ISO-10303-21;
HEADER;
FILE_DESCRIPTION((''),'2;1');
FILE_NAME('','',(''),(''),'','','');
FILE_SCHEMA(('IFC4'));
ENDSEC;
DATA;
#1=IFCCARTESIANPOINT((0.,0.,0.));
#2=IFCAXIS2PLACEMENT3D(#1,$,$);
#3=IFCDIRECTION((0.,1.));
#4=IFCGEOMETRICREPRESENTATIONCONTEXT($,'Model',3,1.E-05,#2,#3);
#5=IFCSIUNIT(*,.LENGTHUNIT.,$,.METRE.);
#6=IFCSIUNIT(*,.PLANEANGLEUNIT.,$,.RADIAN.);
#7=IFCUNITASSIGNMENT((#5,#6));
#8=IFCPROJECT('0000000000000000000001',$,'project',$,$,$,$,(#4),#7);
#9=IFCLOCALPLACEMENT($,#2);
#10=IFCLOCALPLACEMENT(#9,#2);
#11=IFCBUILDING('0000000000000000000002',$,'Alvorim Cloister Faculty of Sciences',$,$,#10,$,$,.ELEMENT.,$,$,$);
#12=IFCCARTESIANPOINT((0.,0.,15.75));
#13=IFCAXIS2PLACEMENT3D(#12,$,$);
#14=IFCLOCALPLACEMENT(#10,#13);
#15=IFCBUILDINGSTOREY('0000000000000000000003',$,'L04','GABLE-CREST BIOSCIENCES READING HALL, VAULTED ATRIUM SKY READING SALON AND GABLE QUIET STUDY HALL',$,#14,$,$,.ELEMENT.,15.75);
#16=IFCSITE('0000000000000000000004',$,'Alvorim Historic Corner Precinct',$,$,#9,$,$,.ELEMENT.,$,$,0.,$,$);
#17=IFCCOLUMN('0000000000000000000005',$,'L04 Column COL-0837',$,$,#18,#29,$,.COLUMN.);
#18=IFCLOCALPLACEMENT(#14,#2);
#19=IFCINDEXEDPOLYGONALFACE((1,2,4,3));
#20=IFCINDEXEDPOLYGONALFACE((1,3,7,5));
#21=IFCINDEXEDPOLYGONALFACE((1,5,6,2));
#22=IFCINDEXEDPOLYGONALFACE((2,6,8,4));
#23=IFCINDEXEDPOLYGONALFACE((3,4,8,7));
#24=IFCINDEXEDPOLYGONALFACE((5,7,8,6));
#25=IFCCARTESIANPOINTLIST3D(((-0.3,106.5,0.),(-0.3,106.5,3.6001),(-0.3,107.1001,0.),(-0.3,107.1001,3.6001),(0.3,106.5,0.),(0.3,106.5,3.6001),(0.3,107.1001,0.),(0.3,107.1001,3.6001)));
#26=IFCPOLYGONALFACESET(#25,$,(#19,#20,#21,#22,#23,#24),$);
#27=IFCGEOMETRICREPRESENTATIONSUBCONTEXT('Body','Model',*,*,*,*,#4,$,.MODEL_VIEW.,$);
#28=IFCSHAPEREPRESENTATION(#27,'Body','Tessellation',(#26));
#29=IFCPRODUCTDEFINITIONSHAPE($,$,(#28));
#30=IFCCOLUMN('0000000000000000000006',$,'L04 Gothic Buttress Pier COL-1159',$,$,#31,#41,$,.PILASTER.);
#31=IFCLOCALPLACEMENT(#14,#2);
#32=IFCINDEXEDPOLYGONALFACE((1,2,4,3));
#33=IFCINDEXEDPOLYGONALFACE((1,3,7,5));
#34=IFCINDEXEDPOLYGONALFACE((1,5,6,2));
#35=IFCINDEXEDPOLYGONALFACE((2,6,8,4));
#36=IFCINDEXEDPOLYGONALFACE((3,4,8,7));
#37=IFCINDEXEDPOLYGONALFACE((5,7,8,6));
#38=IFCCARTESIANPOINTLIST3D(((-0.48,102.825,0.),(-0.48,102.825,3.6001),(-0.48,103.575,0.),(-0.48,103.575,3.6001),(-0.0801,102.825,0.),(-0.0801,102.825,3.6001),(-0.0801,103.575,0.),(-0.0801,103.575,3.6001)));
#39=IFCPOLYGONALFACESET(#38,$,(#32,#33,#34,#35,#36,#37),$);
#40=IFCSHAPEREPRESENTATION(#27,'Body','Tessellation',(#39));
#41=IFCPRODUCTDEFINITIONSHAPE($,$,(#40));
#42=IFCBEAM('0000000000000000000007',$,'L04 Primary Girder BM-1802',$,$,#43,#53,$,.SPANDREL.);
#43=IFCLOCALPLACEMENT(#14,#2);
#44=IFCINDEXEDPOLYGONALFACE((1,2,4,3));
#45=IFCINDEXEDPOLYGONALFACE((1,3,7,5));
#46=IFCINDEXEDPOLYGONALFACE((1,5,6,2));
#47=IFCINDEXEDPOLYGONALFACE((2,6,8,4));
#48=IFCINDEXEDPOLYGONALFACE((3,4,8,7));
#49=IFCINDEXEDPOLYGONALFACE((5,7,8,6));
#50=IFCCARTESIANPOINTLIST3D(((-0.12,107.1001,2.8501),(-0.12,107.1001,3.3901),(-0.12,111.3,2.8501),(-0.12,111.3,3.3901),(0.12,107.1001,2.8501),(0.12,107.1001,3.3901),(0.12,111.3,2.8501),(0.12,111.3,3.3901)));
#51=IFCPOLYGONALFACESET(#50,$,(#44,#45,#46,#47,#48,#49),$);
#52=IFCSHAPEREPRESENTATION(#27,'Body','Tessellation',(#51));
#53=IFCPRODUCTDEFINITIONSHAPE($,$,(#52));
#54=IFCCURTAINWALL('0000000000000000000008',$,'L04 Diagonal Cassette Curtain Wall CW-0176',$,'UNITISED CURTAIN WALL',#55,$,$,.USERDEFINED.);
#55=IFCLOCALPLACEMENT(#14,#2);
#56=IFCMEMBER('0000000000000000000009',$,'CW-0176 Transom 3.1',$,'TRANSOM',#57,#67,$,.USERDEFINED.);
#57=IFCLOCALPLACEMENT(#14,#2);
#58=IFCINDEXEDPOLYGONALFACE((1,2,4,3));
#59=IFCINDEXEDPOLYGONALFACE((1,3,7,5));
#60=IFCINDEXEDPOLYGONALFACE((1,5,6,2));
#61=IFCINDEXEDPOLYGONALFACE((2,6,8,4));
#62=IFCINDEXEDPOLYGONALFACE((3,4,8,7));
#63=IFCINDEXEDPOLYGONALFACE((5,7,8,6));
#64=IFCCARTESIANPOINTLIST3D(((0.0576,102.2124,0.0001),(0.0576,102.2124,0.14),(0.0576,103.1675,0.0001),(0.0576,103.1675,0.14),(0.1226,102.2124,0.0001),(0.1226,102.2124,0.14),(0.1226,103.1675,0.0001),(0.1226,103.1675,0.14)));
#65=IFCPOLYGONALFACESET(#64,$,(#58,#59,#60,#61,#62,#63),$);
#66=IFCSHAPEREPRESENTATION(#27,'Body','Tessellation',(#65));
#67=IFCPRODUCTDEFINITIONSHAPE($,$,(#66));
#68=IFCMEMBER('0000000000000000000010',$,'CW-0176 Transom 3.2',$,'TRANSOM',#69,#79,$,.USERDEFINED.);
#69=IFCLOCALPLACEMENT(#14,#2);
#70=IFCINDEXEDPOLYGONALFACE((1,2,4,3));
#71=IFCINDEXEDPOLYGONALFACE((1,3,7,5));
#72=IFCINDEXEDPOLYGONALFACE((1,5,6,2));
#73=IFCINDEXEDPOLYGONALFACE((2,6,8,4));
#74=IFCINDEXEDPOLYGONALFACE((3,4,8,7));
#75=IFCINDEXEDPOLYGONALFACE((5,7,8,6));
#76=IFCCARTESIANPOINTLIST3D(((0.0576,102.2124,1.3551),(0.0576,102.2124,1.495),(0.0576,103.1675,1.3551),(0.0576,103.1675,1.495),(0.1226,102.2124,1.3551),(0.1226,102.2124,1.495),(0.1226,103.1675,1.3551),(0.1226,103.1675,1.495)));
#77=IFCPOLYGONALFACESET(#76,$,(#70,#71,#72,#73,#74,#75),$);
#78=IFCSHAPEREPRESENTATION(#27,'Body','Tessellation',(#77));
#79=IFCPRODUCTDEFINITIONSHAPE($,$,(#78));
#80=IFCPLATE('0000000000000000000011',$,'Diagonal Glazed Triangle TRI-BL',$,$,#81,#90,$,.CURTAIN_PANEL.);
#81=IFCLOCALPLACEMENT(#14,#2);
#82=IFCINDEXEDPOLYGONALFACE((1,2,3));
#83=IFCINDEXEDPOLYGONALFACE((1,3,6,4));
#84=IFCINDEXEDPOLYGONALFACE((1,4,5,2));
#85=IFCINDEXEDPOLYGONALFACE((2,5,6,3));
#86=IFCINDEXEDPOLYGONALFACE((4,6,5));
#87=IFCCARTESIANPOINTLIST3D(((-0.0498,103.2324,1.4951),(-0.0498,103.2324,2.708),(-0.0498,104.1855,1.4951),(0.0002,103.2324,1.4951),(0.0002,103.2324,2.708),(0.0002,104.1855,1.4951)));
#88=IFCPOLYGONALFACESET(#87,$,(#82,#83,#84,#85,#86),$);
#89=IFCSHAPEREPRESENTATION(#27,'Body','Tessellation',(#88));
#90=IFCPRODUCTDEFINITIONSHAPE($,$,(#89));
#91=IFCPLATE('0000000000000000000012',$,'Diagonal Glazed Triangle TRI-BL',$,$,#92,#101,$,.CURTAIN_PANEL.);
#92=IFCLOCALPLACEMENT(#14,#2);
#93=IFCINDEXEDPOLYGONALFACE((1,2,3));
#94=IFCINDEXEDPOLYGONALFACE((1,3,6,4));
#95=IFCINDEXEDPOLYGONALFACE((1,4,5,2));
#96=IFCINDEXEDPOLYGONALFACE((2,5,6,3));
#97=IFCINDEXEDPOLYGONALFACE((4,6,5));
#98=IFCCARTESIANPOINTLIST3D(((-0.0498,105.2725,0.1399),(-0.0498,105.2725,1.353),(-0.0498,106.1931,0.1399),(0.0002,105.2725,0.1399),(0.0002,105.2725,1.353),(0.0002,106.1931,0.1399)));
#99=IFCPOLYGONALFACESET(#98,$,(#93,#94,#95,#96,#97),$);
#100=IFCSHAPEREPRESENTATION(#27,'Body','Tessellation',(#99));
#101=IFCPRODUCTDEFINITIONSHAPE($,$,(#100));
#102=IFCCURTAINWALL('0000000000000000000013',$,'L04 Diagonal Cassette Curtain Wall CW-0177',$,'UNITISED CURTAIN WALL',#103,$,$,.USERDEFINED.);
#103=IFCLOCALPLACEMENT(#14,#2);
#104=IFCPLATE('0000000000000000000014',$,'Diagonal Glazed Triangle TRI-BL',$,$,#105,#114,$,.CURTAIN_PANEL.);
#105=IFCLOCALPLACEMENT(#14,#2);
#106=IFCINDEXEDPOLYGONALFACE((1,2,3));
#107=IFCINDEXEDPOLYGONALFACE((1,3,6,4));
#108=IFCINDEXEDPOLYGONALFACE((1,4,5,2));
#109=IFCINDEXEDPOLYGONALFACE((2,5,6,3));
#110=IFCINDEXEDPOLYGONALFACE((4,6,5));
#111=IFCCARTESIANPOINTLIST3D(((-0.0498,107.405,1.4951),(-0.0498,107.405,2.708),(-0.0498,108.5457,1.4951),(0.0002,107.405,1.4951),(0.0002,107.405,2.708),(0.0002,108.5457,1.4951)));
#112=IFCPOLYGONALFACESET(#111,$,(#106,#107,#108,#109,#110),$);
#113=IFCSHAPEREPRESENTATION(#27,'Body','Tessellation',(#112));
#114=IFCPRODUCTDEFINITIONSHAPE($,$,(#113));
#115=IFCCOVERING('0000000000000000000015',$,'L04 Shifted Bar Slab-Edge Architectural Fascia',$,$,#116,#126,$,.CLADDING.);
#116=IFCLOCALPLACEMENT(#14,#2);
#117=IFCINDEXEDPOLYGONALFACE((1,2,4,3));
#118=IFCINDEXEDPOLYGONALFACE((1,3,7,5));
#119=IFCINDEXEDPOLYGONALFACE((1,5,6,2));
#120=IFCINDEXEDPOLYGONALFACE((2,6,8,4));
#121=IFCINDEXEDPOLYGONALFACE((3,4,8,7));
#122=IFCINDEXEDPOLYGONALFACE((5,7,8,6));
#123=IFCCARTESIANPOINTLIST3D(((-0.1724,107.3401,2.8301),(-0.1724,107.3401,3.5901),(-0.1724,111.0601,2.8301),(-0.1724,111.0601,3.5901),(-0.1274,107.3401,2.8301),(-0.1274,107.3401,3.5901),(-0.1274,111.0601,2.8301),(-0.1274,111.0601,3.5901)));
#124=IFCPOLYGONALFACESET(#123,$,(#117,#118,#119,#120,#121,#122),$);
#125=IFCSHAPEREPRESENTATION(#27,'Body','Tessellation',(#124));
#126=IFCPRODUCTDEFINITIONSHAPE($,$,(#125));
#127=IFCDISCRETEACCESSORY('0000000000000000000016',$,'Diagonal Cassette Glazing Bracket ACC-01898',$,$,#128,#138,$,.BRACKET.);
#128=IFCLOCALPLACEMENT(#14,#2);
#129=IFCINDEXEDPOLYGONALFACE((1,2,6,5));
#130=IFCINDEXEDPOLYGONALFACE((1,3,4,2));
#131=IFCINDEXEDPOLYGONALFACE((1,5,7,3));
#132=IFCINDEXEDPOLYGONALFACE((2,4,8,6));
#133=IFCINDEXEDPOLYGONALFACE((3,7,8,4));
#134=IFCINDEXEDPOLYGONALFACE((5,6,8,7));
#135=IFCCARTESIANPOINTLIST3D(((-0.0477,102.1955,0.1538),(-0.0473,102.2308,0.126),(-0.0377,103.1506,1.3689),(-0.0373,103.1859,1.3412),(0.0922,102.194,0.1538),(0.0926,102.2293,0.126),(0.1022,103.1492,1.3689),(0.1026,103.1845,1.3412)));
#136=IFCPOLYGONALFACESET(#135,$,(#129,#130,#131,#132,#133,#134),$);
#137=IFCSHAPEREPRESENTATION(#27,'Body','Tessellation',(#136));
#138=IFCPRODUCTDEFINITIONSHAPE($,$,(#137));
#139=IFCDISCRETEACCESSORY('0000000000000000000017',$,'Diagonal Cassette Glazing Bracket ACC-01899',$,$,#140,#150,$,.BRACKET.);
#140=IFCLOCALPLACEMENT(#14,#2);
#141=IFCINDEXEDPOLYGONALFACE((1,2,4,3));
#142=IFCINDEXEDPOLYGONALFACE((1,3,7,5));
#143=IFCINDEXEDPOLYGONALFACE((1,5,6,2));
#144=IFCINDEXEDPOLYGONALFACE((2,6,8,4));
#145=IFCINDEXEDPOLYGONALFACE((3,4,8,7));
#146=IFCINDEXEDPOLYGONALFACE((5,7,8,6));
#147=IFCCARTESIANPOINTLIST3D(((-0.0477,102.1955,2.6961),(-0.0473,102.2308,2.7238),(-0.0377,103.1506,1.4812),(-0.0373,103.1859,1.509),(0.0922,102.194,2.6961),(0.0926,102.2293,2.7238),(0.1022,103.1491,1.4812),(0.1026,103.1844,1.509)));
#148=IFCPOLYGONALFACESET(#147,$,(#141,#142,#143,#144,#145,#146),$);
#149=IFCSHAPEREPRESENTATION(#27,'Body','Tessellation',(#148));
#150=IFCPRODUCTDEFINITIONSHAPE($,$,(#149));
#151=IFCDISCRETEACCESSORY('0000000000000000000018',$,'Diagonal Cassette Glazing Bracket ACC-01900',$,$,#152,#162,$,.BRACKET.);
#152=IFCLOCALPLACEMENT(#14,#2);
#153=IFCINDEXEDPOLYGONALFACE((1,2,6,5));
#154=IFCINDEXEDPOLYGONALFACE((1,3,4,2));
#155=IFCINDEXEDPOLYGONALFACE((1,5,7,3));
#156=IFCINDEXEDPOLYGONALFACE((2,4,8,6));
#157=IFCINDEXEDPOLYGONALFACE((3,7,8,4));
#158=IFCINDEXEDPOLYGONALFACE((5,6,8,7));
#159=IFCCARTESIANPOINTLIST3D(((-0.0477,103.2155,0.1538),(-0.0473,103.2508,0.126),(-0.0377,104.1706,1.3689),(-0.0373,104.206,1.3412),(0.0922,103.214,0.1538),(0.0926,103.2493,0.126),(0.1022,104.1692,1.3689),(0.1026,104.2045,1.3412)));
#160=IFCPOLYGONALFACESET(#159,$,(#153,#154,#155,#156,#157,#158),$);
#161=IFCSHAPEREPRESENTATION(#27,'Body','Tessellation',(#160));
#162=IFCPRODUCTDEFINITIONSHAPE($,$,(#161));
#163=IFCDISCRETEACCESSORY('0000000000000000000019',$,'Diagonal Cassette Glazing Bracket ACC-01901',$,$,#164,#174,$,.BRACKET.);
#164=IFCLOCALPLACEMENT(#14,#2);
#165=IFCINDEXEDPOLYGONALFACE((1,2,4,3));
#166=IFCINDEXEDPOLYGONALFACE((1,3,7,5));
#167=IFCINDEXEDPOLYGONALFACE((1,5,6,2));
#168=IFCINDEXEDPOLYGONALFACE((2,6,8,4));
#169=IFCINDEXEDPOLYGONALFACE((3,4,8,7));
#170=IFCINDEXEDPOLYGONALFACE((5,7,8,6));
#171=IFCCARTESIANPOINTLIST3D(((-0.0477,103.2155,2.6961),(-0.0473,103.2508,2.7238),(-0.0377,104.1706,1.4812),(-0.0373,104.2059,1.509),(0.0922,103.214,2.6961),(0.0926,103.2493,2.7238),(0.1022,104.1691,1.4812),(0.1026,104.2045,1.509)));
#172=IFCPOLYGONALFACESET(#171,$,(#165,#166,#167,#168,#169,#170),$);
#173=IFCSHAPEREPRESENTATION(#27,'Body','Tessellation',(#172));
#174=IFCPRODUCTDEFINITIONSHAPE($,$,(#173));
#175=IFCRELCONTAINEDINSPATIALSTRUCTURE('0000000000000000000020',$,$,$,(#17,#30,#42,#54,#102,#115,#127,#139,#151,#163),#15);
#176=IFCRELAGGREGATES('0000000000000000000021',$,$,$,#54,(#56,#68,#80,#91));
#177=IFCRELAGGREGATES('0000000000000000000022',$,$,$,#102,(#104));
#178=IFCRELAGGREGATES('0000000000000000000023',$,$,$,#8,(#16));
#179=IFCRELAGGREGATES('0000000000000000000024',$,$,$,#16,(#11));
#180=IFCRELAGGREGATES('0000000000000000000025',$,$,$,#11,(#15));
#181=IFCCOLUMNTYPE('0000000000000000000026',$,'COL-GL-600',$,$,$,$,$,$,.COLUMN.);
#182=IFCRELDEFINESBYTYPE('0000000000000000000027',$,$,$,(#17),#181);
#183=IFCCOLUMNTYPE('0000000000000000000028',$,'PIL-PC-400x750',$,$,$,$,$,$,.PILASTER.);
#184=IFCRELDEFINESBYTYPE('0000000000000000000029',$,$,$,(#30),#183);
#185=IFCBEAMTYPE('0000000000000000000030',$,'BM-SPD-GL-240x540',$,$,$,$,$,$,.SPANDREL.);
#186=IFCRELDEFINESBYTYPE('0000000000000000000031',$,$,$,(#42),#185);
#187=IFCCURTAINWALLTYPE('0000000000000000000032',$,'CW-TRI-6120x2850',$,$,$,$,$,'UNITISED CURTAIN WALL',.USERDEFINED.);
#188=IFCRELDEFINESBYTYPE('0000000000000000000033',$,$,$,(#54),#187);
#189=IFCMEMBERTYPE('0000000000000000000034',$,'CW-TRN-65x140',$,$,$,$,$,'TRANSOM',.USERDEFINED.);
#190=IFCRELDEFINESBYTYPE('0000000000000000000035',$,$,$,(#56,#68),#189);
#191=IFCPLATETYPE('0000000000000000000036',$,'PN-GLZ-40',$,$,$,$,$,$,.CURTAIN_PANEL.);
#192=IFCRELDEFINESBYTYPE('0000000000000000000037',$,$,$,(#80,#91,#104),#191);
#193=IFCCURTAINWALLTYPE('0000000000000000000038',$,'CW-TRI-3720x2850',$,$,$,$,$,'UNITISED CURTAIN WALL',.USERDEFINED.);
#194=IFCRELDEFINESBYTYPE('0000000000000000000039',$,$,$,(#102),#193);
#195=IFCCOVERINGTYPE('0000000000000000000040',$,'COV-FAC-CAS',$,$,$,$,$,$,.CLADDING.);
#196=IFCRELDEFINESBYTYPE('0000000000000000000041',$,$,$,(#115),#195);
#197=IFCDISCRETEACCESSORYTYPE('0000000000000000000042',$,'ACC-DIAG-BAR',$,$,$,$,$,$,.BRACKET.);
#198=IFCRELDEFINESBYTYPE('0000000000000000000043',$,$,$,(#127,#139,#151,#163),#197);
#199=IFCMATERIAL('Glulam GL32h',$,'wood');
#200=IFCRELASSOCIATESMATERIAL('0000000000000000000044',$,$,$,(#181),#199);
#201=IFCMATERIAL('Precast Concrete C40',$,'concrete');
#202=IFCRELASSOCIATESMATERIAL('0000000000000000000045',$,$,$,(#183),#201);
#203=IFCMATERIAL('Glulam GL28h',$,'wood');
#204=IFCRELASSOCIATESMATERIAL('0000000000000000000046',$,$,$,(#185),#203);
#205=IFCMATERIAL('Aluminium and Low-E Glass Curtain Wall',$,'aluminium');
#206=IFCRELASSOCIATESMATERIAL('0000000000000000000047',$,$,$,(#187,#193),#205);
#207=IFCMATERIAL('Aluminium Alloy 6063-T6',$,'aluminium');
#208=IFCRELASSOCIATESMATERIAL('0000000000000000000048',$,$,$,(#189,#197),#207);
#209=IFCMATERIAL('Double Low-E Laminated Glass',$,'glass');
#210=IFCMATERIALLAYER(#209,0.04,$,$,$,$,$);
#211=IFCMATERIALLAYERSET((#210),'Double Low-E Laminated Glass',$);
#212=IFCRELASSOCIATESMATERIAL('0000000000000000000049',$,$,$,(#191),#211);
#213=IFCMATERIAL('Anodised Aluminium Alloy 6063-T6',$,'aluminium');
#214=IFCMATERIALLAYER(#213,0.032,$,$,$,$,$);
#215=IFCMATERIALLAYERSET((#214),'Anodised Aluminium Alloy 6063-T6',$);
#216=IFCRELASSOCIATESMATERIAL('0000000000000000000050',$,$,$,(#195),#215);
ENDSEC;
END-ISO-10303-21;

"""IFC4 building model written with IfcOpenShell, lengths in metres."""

from ifc_helpers import new_model, si_unit, direction, frame, origin, origin_2d, place, context, subcontext, project, spatial, polyline, rectangle, outline, extrude, material, layer, layer_set, material_profile, profile_set, type_object, element, aggregate, save


model = new_model("IFC4")

# Units and contexts
model_context = context("Model", 3, precision=1e-05, world=origin(), true_north=direction((0.0, 1.0)))
body_context = subcontext(model_context, "Body", "Model", "MODEL_VIEW")
ifc_project = project(units=[si_unit("LENGTHUNIT", "METRE"), si_unit("PLANEANGLEUNIT", "RADIAN")], contexts=[model_context])

# Site, building, storey
site_placement = place(None, origin())
site = spatial("IfcSite", under=ifc_project, at=site_placement, Name="Alvorim Historic Corner Precinct", CompositionType="ELEMENT", RefElevation=0.0)
building_placement = place(site_placement, origin())
building = spatial("IfcBuilding", under=site, at=building_placement, Name="Alvorim Cloister Faculty of Sciences", CompositionType="ELEMENT")
storey_placement = place(building_placement, frame((0.0, 0.0, 15.75)))
storey = spatial("IfcBuildingStorey", under=building, at=storey_placement, Name="L04", Description="GABLE-CREST BIOSCIENCES READING HALL, VAULTED ATRIUM SKY READING SALON AND GABLE QUIET STUDY HALL", CompositionType="ELEMENT", Elevation=15.75)

# Columns
ifc_material_1 = material(Name="Glulam GL32h", Category="wood")
ifc_material_profile_1 = material_profile(ifc_material_1, rectangle(XDim=0.6001, YDim=0.6001, at=origin_2d()), Name="GL32-COL-600x600")
ifc_profile_set_1 = profile_set([ifc_material_profile_1], Name="Glulam GL32h")
column_type_1 = type_object("IfcColumnType", Name="COL-GL-600", PredefinedType="COLUMN", material=ifc_profile_set_1)
column_1_placement = place(storey_placement, frame((0.0, 106.8, 0.0), z_axis=(0.0, 0.0, 1.0), x_axis=(1.0, 0.0, 0.0)))
element("IfcColumn", 1, at=column_1_placement, inside=storey, type_object=column_type_1, Name="L04 Column COL-0837", PredefinedType="COLUMN", context=body_context, shape_type="SweptSolid", body=[
    extrude(rectangle(XDim=0.6001, YDim=0.6001, at=origin_2d()), origin(), (0.0, 0.0, 1.0), 3.6001),
])
ifc_material_2 = material(Name="Precast Concrete C40", Category="concrete")
ifc_material_profile_2 = material_profile(ifc_material_2, rectangle(XDim=0.3999, YDim=0.75, at=origin_2d()), Name="RC40-PIL-400x750")
ifc_profile_set_2 = profile_set([ifc_material_profile_2], Name="Precast Concrete C40")
column_type_2 = type_object("IfcColumnType", Name="PIL-PC-400x750", PredefinedType="PILASTER", material=ifc_profile_set_2)
column_2_placement = place(storey_placement, frame((-0.28, 103.2, 0.0), z_axis=(0.0, 0.0, 1.0), x_axis=(1.0, 0.0, 0.0)))
element("IfcColumn", 2, at=column_2_placement, inside=storey, type_object=column_type_2, Name="L04 Gothic Buttress Pier COL-1159", PredefinedType="PILASTER", context=body_context, shape_type="SweptSolid", body=[
    extrude(rectangle(XDim=0.3999, YDim=0.75, at=origin_2d()), origin(), (0.0, 0.0, 1.0), 3.6001),
])

# Beam
ifc_material_3 = material(Name="Glulam GL28h", Category="wood")
ifc_material_profile_3 = material_profile(ifc_material_3, rectangle(XDim=0.24, YDim=0.54, at=origin_2d()), Name="GL28-SPD-240x540")
ifc_profile_set_3 = profile_set([ifc_material_profile_3], Name="Glulam GL28h")
beam_type = type_object("IfcBeamType", Name="BM-SPD-GL-240x540", PredefinedType="SPANDREL", material=ifc_profile_set_3)
beam_placement = place(storey_placement, frame((0.0, 107.1001, 3.1201), z_axis=(0.0, 1.0, 0.0), x_axis=(-1.0, 0.0, 0.0)))
element("IfcBeam", 3, at=beam_placement, inside=storey, type_object=beam_type, Name="L04 Primary Girder BM-1802", PredefinedType="SPANDREL", context=body_context, shape_type="SweptSolid", body=[
    extrude(rectangle(XDim=0.24, YDim=0.54, at=origin_2d()), origin(), (0.0, 0.0, 1.0), 4.2),
])

# Curtain wall, members, plates
ifc_material_4 = material(Name="Aluminium and Low-E Glass Curtain Wall", Category="aluminium")
curtain_wall_type_1 = type_object("IfcCurtainWallType", Name="CW-TRI-6120x2850", ElementType="UNITISED CURTAIN WALL", PredefinedType="USERDEFINED", material=ifc_material_4)
curtain_wall_1_placement = place(storey_placement, origin())
curtain_wall_1 = element("IfcCurtainWall", 4, at=curtain_wall_1_placement, inside=storey, type_object=curtain_wall_type_1, Name="L04 Diagonal Cassette Curtain Wall CW-0176", ObjectType="UNITISED CURTAIN WALL", PredefinedType="USERDEFINED")
ifc_material_5 = material(Name="Aluminium Alloy 6063-T6", Category="aluminium")
ifc_material_profile_4 = material_profile(ifc_material_5, rectangle(XDim=0.0649, YDim=0.1399, at=origin_2d()), Name="ALU-TRN-65x140")
ifc_profile_set_4 = profile_set([ifc_material_profile_4], Name="Aluminium Alloy 6063-T6")
member_type = type_object("IfcMemberType", Name="CW-TRN-65x140", ElementType="TRANSOM", PredefinedType="USERDEFINED", material=ifc_profile_set_4)
member_1_placement = place(storey_placement, frame((0.0901, 102.2124, 0.0701), z_axis=(0.0, 1.0, 0.0), x_axis=(-1.0, 0.0, 0.0)))
member_1 = element("IfcMember", 5, at=member_1_placement, type_object=member_type, Name="CW-0176 Transom 3.1", ObjectType="TRANSOM", PredefinedType="USERDEFINED", context=body_context, shape_type="SweptSolid", body=[
    extrude(rectangle(XDim=0.0649, YDim=0.1399, at=origin_2d()), origin(), (0.0, 0.0, 1.0), 0.9551),
])
member_2_placement = place(storey_placement, frame((0.0901, 102.2124, 1.425), z_axis=(0.0, 1.0, 0.0), x_axis=(-1.0, 0.0, 0.0)))
member_2 = element("IfcMember", 6, at=member_2_placement, type_object=member_type, Name="CW-0176 Transom 3.2", ObjectType="TRANSOM", PredefinedType="USERDEFINED", context=body_context, shape_type="SweptSolid", body=[
    extrude(rectangle(XDim=0.0649, YDim=0.1399, at=origin_2d()), origin(), (0.0, 0.0, 1.0), 0.9551),
])
ifc_material_6 = material(Name="Double Low-E Laminated Glass", Category="glass")
ifc_layer_1 = layer(ifc_material_6, 0.04)
ifc_layer_set_1 = layer_set([ifc_layer_1], Name="Double Low-E Laminated Glass")
plate_type = type_object("IfcPlateType", Name="PN-GLZ-40", PredefinedType="CURTAIN_PANEL", material=ifc_layer_set_1)
plate_1_placement = place(storey_placement, frame((-0.0249, 103.2324, 1.4951), z_axis=(0.0, 0.0, 1.0), x_axis=(0.0, 1.0, 0.0)))
plate_1 = element("IfcPlate", 7, at=plate_1_placement, type_object=plate_type, Name="Diagonal Glazed Triangle TRI-BL", PredefinedType="CURTAIN_PANEL", context=body_context, shape_type="SweptSolid", body=[
    extrude(outline(polyline([(0.0, 0.0), (0.9531, 0.0), (0.0, 1.2129), (0.0, 0.0)])), frame((0.0, 0.0249, 0.0), z_axis=(0.0, -1.0, 0.0), x_axis=(1.0, 0.0, 0.0)), (0.0, 0.0, 1.0), 0.05),
])
plate_2_placement = place(storey_placement, frame((-0.0249, 105.2725, 0.1399), z_axis=(0.0, 0.0, 1.0), x_axis=(0.0, 1.0, 0.0)))
plate_2 = element("IfcPlate", 8, at=plate_2_placement, type_object=plate_type, Name="Diagonal Glazed Triangle TRI-BL", PredefinedType="CURTAIN_PANEL", context=body_context, shape_type="SweptSolid", body=[
    extrude(outline(polyline([(0.0, 0.0), (0.9207, 0.0), (0.0, 1.2131), (0.0, 0.0)])), frame((0.0, 0.0249, 0.0), z_axis=(0.0, -1.0, 0.0), x_axis=(1.0, 0.0, 0.0)), (0.0, 0.0, 1.0), 0.05),
])
aggregate(curtain_wall_1, [member_1, member_2, plate_1, plate_2])

# Curtain wall, plate
curtain_wall_type_2 = type_object("IfcCurtainWallType", Name="CW-TRI-3720x2850", ElementType="UNITISED CURTAIN WALL", PredefinedType="USERDEFINED", material=ifc_material_4)
curtain_wall_2_placement = place(storey_placement, origin())
curtain_wall_2 = element("IfcCurtainWall", 9, at=curtain_wall_2_placement, inside=storey, type_object=curtain_wall_type_2, Name="L04 Diagonal Cassette Curtain Wall CW-0177", ObjectType="UNITISED CURTAIN WALL", PredefinedType="USERDEFINED")
plate_3_placement = place(storey_placement, frame((-0.0249, 107.405, 1.4951), z_axis=(0.0, 0.0, 1.0), x_axis=(0.0, 1.0, 0.0)))
plate_3 = element("IfcPlate", 10, at=plate_3_placement, type_object=plate_type, Name="Diagonal Glazed Triangle TRI-BL", PredefinedType="CURTAIN_PANEL", context=body_context, shape_type="SweptSolid", body=[
    extrude(outline(polyline([(0.0, 0.0), (1.1406, 0.0), (0.0, 1.2129), (0.0, 0.0)])), frame((0.0, 0.0249, 0.0), z_axis=(0.0, -1.0, 0.0), x_axis=(1.0, 0.0, 0.0)), (0.0, 0.0, 1.0), 0.05),
])
aggregate(curtain_wall_2, [plate_3])

# Covering
ifc_material_7 = material(Name="Anodised Aluminium Alloy 6063-T6", Category="aluminium")
ifc_layer_2 = layer(ifc_material_7, 0.032)
ifc_layer_set_2 = layer_set([ifc_layer_2], Name="Anodised Aluminium Alloy 6063-T6")
covering_type = type_object("IfcCoveringType", Name="COV-FAC-CAS", PredefinedType="CLADDING", material=ifc_layer_set_2)
covering_placement = place(storey_placement, frame((-0.1499, 107.3401, 2.8301), z_axis=(0.0, 0.0, 1.0), x_axis=(0.0, 1.0, 0.0)))
element("IfcCovering", 11, at=covering_placement, inside=storey, type_object=covering_type, Name="L04 Shifted Bar Slab-Edge Architectural Fascia", PredefinedType="CLADDING", context=body_context, shape_type="SweptSolid", body=[
    extrude(outline(polyline([(0.0, 0.0), (3.72, 0.0), (3.72, 0.76), (0.0, 0.76), (0.0, 0.0)])), frame((0.0, 0.0225, 0.0), z_axis=(0.0, -1.0, 0.0), x_axis=(1.0, 0.0, 0.0)), (0.0, 0.0, 1.0), 0.0449),
])

# Discrete accessories
discrete_accessory_type = type_object("IfcDiscreteAccessoryType", Name="ACC-DIAG-BAR", PredefinedType="BRACKET", material=ifc_material_5)
discrete_accessory_1_placement = place(storey_placement, frame((0.0225, 102.2124, 0.1399), z_axis=(0.006477, 0.617955, 0.786187), x_axis=(-0.999945, 0.01048, 0.0)))
element("IfcDiscreteAccessory", 12, at=discrete_accessory_1_placement, inside=storey, type_object=discrete_accessory_type, Name="Diagonal Cassette Glazing Bracket ACC-01898", PredefinedType="BRACKET", context=body_context, shape_type="SweptSolid", body=[
    extrude(rectangle(XDim=0.1399, YDim=0.0449, at=origin_2d()), origin(), (0.0, 0.0, 1.0), 1.5457),
])
discrete_accessory_2_placement = place(storey_placement, frame((0.0225, 102.2124, 2.71), z_axis=(0.006477, 0.618032, -0.786126), x_axis=(-0.999945, 0.01048, 0.0)))
element("IfcDiscreteAccessory", 13, at=discrete_accessory_2_placement, inside=storey, type_object=discrete_accessory_type, Name="Diagonal Cassette Glazing Bracket ACC-01899", PredefinedType="BRACKET", context=body_context, shape_type="SweptSolid", body=[
    extrude(rectangle(XDim=0.1399, YDim=0.0449, at=origin_2d()), origin(), (0.0, 0.0, 1.0), 1.5454),
])
discrete_accessory_3_placement = place(storey_placement, frame((0.0225, 103.2324, 0.1399), z_axis=(0.006477, 0.617955, 0.786187), x_axis=(-0.999945, 0.01048, 0.0)))
element("IfcDiscreteAccessory", 14, at=discrete_accessory_3_placement, inside=storey, type_object=discrete_accessory_type, Name="Diagonal Cassette Glazing Bracket ACC-01900", PredefinedType="BRACKET", context=body_context, shape_type="SweptSolid", body=[
    extrude(rectangle(XDim=0.1399, YDim=0.0449, at=origin_2d()), origin(), (0.0, 0.0, 1.0), 1.5457),
])
discrete_accessory_4_placement = place(storey_placement, frame((0.0225, 103.2324, 2.71), z_axis=(0.006477, 0.618032, -0.786126), x_axis=(-0.999945, 0.01048, 0.0)))
element("IfcDiscreteAccessory", 15, at=discrete_accessory_4_placement, inside=storey, type_object=discrete_accessory_type, Name="Diagonal Cassette Glazing Bracket ACC-01901", PredefinedType="BRACKET", context=body_context, shape_type="SweptSolid", body=[
    extrude(rectangle(XDim=0.1399, YDim=0.0449, at=origin_2d()), origin(), (0.0, 0.0, 1.0), 1.5454),
])

save(model, "model.ifc")
